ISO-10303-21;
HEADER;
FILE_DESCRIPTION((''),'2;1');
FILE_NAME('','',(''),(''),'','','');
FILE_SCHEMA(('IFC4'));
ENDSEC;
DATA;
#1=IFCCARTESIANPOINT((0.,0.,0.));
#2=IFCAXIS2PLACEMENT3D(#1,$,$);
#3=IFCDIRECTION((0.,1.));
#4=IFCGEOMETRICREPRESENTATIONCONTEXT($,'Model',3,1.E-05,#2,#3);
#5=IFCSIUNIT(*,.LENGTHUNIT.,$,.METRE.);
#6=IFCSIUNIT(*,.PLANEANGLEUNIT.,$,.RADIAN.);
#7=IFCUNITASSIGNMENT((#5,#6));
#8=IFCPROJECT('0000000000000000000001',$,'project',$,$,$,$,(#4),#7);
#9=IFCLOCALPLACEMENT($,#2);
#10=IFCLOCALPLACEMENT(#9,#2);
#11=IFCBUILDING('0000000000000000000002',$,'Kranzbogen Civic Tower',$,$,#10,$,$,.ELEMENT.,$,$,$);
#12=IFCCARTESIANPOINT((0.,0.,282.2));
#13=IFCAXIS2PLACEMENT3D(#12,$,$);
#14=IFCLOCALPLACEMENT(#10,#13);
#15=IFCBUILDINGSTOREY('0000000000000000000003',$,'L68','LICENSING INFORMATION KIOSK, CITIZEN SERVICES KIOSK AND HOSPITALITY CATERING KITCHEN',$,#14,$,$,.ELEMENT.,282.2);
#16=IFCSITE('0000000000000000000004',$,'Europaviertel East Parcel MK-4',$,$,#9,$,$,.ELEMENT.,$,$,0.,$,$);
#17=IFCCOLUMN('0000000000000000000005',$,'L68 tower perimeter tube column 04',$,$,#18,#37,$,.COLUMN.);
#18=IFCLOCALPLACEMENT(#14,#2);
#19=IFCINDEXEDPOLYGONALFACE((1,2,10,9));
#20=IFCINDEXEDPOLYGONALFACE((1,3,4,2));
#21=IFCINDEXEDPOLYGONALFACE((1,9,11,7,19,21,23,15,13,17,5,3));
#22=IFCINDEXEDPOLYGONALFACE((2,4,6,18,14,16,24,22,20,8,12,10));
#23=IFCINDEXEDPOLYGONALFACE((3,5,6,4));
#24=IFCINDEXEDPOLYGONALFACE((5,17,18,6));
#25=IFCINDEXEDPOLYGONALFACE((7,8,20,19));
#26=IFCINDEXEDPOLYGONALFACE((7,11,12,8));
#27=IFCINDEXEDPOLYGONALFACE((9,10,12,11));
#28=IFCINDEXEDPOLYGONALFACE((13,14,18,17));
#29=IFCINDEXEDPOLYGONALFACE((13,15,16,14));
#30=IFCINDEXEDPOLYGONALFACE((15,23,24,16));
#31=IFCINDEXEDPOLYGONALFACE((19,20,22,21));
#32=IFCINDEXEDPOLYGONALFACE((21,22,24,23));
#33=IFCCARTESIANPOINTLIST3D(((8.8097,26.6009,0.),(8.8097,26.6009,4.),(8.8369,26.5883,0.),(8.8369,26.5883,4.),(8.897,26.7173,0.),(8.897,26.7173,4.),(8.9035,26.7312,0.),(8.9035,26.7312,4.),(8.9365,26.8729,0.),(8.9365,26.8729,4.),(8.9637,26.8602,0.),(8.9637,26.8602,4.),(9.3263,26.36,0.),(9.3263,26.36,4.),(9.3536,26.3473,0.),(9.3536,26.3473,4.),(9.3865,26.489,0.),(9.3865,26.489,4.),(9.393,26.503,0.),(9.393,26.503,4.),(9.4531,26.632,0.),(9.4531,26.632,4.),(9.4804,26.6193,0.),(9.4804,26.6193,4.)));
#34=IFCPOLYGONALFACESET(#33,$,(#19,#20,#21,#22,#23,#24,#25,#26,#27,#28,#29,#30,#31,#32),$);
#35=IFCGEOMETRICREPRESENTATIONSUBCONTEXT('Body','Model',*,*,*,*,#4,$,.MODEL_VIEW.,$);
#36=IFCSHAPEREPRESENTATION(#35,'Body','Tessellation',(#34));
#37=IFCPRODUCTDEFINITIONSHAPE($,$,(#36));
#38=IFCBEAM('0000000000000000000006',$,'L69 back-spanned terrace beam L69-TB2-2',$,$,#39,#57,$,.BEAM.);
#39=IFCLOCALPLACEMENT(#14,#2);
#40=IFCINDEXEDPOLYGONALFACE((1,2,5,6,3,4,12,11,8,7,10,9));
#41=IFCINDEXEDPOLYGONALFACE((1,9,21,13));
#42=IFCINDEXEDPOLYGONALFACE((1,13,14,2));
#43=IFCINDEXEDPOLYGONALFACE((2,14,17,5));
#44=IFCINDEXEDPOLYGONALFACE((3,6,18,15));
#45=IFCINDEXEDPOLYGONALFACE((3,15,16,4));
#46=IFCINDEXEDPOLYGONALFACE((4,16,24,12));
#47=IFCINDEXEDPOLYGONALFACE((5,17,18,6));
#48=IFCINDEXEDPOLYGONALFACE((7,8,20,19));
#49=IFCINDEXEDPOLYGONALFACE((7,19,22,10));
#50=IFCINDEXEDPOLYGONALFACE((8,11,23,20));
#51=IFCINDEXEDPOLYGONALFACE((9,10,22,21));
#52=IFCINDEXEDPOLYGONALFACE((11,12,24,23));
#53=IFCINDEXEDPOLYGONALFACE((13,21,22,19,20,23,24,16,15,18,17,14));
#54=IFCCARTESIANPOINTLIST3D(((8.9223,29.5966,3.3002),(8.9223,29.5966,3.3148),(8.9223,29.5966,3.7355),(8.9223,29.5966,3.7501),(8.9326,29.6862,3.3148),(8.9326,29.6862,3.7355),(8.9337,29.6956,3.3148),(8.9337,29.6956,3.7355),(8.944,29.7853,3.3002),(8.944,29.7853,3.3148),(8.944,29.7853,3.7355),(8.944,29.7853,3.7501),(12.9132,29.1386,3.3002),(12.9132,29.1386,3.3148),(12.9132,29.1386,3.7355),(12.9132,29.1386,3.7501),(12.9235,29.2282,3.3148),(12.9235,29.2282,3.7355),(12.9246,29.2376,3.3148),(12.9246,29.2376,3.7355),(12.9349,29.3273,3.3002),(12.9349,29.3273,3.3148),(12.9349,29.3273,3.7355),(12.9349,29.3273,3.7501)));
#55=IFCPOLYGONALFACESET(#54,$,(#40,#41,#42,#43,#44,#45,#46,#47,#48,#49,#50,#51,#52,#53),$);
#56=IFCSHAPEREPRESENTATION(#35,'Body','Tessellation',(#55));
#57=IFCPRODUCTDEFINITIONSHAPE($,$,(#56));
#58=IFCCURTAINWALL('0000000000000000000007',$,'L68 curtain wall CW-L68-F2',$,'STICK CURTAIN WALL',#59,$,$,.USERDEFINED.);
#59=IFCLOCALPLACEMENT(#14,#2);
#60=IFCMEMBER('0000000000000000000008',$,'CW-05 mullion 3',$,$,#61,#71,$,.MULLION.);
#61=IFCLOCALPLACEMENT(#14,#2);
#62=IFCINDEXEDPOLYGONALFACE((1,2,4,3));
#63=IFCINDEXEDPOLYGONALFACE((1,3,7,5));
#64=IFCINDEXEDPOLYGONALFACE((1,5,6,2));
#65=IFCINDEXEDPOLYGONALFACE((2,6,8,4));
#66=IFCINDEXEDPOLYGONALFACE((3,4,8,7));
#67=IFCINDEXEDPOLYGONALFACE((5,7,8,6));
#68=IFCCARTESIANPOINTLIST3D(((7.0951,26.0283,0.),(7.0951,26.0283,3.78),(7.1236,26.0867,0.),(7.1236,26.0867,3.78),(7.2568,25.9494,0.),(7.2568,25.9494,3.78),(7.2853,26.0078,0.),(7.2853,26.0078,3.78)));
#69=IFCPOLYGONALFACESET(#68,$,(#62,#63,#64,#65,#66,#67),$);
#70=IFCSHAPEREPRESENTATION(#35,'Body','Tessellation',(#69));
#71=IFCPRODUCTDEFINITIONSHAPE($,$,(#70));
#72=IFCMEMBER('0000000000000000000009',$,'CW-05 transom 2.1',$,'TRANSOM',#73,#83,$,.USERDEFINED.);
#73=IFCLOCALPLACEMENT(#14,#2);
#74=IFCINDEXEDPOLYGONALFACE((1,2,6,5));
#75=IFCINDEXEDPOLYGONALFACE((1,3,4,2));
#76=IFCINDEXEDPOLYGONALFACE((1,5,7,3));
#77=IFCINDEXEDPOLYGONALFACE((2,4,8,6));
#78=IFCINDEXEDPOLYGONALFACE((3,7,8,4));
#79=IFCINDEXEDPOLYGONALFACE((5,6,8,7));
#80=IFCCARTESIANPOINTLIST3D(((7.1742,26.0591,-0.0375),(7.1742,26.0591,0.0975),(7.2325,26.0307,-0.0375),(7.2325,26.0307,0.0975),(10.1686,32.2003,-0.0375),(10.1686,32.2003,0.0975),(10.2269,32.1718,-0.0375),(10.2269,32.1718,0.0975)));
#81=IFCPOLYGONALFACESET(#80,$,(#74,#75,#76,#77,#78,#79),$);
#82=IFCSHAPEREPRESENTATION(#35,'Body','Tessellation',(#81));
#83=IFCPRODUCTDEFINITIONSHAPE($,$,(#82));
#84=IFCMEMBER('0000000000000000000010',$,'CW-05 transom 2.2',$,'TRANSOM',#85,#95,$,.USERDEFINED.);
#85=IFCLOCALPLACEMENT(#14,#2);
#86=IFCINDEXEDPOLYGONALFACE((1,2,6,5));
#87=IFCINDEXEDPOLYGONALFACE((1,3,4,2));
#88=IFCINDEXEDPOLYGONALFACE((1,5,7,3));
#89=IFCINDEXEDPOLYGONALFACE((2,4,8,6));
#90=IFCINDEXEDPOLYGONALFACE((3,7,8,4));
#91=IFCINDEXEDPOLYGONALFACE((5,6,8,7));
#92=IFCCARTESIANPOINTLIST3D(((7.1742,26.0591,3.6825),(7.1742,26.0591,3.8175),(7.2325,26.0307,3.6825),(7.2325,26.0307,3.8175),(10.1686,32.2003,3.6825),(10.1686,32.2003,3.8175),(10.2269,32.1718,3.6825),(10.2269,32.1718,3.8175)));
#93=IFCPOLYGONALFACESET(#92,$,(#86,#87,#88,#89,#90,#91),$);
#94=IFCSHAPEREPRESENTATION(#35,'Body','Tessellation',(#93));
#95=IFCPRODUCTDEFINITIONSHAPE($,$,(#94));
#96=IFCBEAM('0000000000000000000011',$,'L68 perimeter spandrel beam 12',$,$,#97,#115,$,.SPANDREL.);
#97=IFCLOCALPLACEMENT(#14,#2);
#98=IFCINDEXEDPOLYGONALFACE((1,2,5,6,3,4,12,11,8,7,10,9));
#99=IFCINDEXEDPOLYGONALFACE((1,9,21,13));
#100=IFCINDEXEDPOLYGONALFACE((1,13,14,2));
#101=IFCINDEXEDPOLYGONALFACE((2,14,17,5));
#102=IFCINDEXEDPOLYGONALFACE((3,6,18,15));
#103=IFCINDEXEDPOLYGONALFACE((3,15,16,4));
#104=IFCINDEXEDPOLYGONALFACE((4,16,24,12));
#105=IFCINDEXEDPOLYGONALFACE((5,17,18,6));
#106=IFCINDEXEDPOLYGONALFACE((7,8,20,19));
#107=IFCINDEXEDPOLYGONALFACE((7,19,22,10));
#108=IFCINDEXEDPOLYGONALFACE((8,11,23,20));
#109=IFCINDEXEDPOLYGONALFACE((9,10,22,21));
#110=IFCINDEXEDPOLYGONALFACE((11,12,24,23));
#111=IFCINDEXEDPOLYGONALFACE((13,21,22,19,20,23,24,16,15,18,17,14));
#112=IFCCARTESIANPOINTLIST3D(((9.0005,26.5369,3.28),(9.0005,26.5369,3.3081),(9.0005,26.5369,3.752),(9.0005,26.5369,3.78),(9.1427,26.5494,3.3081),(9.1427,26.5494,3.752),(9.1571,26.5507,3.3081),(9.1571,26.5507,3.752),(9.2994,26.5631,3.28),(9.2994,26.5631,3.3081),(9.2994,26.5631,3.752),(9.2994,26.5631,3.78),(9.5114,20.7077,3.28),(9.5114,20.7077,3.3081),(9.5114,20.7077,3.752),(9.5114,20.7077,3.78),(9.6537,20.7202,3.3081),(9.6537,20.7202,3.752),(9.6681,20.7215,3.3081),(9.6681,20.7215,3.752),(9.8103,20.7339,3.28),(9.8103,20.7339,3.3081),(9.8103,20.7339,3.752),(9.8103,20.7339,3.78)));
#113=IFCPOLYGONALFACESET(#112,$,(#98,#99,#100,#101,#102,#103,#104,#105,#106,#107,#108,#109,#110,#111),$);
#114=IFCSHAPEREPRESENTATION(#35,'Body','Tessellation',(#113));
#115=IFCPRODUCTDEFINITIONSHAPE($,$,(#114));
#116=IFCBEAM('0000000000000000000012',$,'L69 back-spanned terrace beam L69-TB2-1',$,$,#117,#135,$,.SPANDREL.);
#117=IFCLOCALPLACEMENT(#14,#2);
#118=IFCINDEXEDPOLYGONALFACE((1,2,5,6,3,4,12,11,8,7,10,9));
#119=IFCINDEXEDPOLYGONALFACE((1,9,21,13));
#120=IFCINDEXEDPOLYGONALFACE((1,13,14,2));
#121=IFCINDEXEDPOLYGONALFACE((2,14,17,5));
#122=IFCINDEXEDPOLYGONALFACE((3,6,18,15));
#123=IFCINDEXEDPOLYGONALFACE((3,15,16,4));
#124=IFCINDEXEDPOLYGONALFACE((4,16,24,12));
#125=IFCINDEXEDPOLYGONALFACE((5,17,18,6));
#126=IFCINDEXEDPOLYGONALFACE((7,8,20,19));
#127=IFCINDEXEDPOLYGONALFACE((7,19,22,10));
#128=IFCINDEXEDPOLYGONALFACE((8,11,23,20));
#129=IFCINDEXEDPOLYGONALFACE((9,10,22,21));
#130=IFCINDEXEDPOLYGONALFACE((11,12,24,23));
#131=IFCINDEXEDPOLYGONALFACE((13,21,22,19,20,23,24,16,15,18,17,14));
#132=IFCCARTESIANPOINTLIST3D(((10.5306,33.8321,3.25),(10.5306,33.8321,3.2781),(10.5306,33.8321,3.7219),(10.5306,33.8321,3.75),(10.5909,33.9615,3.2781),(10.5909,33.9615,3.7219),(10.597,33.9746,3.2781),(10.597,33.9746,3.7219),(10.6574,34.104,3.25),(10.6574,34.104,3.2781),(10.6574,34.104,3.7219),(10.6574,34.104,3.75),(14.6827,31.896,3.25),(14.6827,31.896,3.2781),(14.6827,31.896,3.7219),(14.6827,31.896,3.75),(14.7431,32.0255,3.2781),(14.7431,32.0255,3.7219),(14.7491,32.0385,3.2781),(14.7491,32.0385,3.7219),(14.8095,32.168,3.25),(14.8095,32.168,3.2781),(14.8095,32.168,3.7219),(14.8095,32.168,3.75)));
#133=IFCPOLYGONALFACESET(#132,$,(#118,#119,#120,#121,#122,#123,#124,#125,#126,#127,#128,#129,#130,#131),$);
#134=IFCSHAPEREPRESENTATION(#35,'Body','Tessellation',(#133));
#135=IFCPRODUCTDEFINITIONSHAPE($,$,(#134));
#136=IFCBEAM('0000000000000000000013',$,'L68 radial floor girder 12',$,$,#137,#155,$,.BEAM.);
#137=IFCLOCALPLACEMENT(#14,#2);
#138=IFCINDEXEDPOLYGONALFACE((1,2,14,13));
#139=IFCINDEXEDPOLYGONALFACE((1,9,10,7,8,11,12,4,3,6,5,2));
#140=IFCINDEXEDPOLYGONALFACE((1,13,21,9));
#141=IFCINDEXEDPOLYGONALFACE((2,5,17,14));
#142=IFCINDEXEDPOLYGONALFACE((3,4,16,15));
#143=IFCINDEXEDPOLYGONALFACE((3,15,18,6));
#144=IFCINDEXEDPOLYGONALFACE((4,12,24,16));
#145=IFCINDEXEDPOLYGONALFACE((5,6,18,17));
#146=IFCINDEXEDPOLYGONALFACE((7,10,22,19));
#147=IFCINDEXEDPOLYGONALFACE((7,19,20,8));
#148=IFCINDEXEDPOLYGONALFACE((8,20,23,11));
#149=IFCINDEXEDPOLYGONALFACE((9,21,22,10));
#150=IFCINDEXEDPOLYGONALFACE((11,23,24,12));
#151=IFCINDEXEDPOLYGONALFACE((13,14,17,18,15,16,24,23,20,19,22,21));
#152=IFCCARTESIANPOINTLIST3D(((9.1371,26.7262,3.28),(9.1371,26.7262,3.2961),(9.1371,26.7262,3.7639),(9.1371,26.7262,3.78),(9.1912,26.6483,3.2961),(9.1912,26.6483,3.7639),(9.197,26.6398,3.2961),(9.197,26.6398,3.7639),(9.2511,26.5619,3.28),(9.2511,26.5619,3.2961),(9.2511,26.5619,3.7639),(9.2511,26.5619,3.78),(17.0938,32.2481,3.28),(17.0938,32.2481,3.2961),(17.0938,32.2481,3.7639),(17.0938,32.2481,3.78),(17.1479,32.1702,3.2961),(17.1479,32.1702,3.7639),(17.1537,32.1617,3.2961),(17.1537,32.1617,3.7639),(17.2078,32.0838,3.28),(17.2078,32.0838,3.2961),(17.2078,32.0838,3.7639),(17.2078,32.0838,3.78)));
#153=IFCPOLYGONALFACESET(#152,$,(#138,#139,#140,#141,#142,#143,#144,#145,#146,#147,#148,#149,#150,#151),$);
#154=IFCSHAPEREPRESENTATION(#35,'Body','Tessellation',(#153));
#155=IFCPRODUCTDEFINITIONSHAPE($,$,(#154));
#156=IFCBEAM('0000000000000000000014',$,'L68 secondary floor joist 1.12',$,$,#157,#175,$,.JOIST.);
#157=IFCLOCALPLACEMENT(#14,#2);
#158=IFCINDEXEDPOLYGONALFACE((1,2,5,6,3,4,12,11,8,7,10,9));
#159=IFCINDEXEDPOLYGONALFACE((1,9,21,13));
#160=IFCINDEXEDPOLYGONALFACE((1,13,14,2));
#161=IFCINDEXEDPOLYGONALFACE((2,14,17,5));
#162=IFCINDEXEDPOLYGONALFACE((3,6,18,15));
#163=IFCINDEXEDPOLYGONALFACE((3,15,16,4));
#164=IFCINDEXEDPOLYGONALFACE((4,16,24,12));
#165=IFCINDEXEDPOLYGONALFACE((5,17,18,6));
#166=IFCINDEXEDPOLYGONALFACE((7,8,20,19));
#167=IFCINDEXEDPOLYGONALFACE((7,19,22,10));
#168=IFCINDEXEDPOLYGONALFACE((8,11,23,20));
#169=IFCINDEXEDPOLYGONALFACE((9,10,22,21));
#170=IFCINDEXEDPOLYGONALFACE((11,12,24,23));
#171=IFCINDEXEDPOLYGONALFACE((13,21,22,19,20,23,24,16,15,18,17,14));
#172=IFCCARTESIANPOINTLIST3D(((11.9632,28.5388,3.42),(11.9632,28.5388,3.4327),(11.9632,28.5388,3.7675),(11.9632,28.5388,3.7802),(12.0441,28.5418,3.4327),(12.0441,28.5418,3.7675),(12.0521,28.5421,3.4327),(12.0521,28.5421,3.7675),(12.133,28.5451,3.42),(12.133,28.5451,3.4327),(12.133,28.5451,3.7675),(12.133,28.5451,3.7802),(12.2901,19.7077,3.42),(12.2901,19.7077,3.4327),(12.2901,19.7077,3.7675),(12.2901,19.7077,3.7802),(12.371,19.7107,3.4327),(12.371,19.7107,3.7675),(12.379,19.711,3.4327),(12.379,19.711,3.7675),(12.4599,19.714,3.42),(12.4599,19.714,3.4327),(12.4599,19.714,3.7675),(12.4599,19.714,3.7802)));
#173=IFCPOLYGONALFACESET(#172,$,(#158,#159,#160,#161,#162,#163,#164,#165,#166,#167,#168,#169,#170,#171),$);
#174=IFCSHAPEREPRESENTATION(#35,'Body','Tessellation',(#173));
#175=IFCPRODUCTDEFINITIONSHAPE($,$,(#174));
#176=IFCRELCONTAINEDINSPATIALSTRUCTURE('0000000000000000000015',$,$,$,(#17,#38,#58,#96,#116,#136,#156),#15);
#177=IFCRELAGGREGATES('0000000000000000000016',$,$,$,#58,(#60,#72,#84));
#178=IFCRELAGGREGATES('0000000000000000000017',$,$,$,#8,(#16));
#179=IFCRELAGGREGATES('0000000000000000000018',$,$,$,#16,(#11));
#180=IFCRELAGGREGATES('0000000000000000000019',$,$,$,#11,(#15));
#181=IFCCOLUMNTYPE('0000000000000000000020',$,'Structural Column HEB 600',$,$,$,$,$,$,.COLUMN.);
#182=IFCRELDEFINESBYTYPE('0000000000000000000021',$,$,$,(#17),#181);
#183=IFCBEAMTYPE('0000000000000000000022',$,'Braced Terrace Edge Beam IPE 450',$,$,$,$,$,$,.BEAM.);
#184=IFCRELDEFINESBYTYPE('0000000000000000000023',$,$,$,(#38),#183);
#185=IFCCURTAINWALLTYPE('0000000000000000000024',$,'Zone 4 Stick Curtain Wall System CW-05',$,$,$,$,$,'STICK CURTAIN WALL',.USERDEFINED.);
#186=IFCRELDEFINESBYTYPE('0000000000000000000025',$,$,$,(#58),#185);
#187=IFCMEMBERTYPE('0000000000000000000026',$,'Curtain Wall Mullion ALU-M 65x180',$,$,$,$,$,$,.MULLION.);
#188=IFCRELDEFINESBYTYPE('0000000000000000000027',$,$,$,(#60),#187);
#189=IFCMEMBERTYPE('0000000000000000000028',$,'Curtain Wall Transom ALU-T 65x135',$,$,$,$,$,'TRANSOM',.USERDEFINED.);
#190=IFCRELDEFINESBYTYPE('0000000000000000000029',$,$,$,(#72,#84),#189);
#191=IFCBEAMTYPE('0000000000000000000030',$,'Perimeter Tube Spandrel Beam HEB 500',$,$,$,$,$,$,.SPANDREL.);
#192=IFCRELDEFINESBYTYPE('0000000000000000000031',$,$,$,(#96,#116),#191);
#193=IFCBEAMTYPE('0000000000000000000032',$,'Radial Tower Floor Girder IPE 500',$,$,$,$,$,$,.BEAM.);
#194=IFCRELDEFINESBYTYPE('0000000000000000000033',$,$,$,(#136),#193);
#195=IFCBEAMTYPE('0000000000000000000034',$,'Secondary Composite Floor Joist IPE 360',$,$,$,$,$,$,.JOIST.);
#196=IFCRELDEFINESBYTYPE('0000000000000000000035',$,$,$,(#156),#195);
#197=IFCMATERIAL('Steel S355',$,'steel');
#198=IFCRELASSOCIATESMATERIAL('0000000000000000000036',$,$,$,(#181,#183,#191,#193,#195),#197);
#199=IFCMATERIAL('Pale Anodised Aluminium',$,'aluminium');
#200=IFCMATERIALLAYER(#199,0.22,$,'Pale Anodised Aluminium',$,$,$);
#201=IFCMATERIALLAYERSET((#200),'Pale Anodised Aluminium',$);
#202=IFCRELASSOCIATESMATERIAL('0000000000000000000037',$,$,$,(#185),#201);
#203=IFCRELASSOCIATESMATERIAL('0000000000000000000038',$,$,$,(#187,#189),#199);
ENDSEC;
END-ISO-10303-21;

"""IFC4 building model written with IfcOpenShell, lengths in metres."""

from ifc_helpers import new_model, si_unit, direction, frame, origin, origin_2d, place, context, subcontext, project, spatial, rectangle, i_section, extrude, material, layer, layer_set, material_profile, profile_set, type_object, element, aggregate, save


model = new_model("IFC4")

# Units and contexts
model_context = context("Model", 3, precision=1e-05, world=origin(), true_north=direction((0.0, 1.0)))
body_context = subcontext(model_context, "Body", "Model", "MODEL_VIEW")
ifc_project = project(units=[si_unit("LENGTHUNIT", "METRE"), si_unit("PLANEANGLEUNIT", "RADIAN")], contexts=[model_context])

# Site, building, storey
site_placement = place(None, origin())
site = spatial("IfcSite", under=ifc_project, at=site_placement, Name="Europaviertel East Parcel MK-4", CompositionType="ELEMENT", RefElevation=0.0)
building_placement = place(site_placement, origin())
building = spatial("IfcBuilding", under=site, at=building_placement, Name="Kranzbogen Civic Tower", CompositionType="ELEMENT")
storey_placement = place(building_placement, frame((0.0, 0.0, 282.2)))
storey = spatial("IfcBuildingStorey", under=building, at=storey_placement, Name="L68", Description="LICENSING INFORMATION KIOSK, CITIZEN SERVICES KIOSK AND HOSPITALITY CATERING KITCHEN", CompositionType="ELEMENT", Elevation=282.2)

# Column
ifc_material_1 = material(Name="Steel S355", Category="steel")
ifc_material_profile_1 = material_profile(ifc_material_1, i_section(OverallWidth=0.3, OverallDepth=0.6001, WebThickness=0.0154, FlangeThickness=0.03, at=origin_2d()), Name="HEB 600")
ifc_profile_set_1 = profile_set([ifc_material_profile_1], Name="Steel S355")
column_type = type_object("IfcColumnType", Name="Structural Column HEB 600", PredefinedType="COLUMN", material=ifc_profile_set_1)
column_placement = place(storey_placement, frame((9.145, 26.6101, 0.0), z_axis=(0.0, 0.0, 1.0), x_axis=(0.422618, 0.906308, 0.0)))
element("IfcColumn", 1, at=column_placement, inside=storey, type_object=column_type, Name="L68 tower perimeter tube column 04", PredefinedType="COLUMN", context=body_context, shape_type="SweptSolid", body=[
    extrude(i_section(OverallWidth=0.3, OverallDepth=0.6001, WebThickness=0.0154, FlangeThickness=0.03, at=origin_2d()), origin(), (0.0, 0.0, 1.0), 4.0),
])

# Beam
ifc_material_profile_2 = material_profile(ifc_material_1, i_section(OverallWidth=0.1899, OverallDepth=0.45, WebThickness=0.0095, FlangeThickness=0.0146, at=origin_2d()), Name="IPE 450")
ifc_profile_set_2 = profile_set([ifc_material_profile_2], Name="Steel S355")
beam_type_1 = type_object("IfcBeamType", Name="Braced Terrace Edge Beam IPE 450", PredefinedType="BEAM", material=ifc_profile_set_2)
beam_1_placement = place(storey_placement, frame((12.9241, 29.2329, 3.5251), z_axis=(-0.993479, 0.114013, 0.0), x_axis=(-0.114013, -0.993479, 0.0)))
element("IfcBeam", 2, at=beam_1_placement, inside=storey, type_object=beam_type_1, Name="L69 back-spanned terrace beam L69-TB2-2", PredefinedType="BEAM", context=body_context, shape_type="SweptSolid", body=[
    extrude(i_section(OverallWidth=0.1899, OverallDepth=0.45, WebThickness=0.0095, FlangeThickness=0.0146, at=origin_2d()), origin(), (0.0, 0.0, 1.0), 4.0171),
])

# Curtain wall, members
ifc_material_2 = material(Name="Pale Anodised Aluminium", Category="aluminium")
ifc_layer_1 = layer(ifc_material_2, 0.22, Name="Pale Anodised Aluminium")
ifc_layer_set_1 = layer_set([ifc_layer_1], Name="Pale Anodised Aluminium")
curtain_wall_type = type_object("IfcCurtainWallType", Name="Zone 4 Stick Curtain Wall System CW-05", ElementType="STICK CURTAIN WALL", PredefinedType="USERDEFINED", material=ifc_layer_set_1)
curtain_wall_placement = place(storey_placement, origin())
curtain_wall = element("IfcCurtainWall", 3, at=curtain_wall_placement, inside=storey, type_object=curtain_wall_type, Name="L68 curtain wall CW-L68-F2", ObjectType="STICK CURTAIN WALL", PredefinedType="USERDEFINED")
ifc_material_profile_3 = material_profile(ifc_material_2, rectangle(XDim=0.0649, YDim=0.1799, at=origin_2d()), Name="ALU-M 65x180")
ifc_profile_set_3 = profile_set([ifc_material_profile_3], Name="Pale Anodised Aluminium")
member_type_1 = type_object("IfcMemberType", Name="Curtain Wall Mullion ALU-M 65x180", PredefinedType="MULLION", material=ifc_profile_set_3)
member_1_placement = place(storey_placement, frame((7.1902, 26.0181, 0.0), z_axis=(0.0, 0.0, 1.0), x_axis=(-0.438293, -0.898832, 0.0)))
member_1 = element("IfcMember", 4, at=member_1_placement, type_object=member_type_1, Name="CW-05 mullion 3", PredefinedType="MULLION", context=body_context, shape_type="SweptSolid", body=[
    extrude(rectangle(XDim=0.0649, YDim=0.1799, at=origin_2d()), origin(), (0.0, 0.0, 1.0), 3.78),
])
ifc_material_profile_4 = material_profile(ifc_material_2, rectangle(XDim=0.0649, YDim=0.135, at=origin_2d()), Name="ALU-T 65x135")
ifc_profile_set_4 = profile_set([ifc_material_profile_4], Name="Pale Anodised Aluminium")
member_type_2 = type_object("IfcMemberType", Name="Curtain Wall Transom ALU-T 65x135", ElementType="TRANSOM", PredefinedType="USERDEFINED", material=ifc_profile_set_4)
member_2_placement = place(storey_placement, frame((10.1978, 32.186, 0.03), z_axis=(-0.438272, -0.898842, 0.0), x_axis=(0.898842, -0.438272, 0.0)))
member_2 = element("IfcMember", 5, at=member_2_placement, type_object=member_type_2, Name="CW-05 transom 2.1", ObjectType="TRANSOM", PredefinedType="USERDEFINED", context=body_context, shape_type="SweptSolid", body=[
    extrude(rectangle(XDim=0.0649, YDim=0.135, at=origin_2d()), origin(), (0.0, 0.0, 1.0), 6.8323),
])
member_3_placement = place(storey_placement, frame((10.1978, 32.186, 3.75), z_axis=(-0.438272, -0.898842, 0.0), x_axis=(0.898842, -0.438272, 0.0)))
member_3 = element("IfcMember", 6, at=member_3_placement, type_object=member_type_2, Name="CW-05 transom 2.2", ObjectType="TRANSOM", PredefinedType="USERDEFINED", context=body_context, shape_type="SweptSolid", body=[
    extrude(rectangle(XDim=0.0649, YDim=0.135, at=origin_2d()), origin(), (0.0, 0.0, 1.0), 6.8323),
])

# Beams
ifc_material_profile_5 = material_profile(ifc_material_1, i_section(OverallWidth=0.3, OverallDepth=0.5, WebThickness=0.0144, FlangeThickness=0.0281, at=origin_2d()), Name="HEB 500")
ifc_profile_set_5 = profile_set([ifc_material_profile_5], Name="Steel S355")
beam_type_2 = type_object("IfcBeamType", Name="Perimeter Tube Spandrel Beam HEB 500", PredefinedType="SPANDREL", material=ifc_profile_set_5)
beam_2_placement = place(storey_placement, frame((9.1499, 26.55, 3.53), z_axis=(0.087326, -0.99618, 0.0), x_axis=(0.99618, 0.087326, 0.0)))
element("IfcBeam", 7, at=beam_2_placement, inside=storey, type_object=beam_type_2, Name="L68 perimeter spandrel beam 12", PredefinedType="SPANDREL", context=body_context, shape_type="SweptSolid", body=[
    extrude(i_section(OverallWidth=0.3, OverallDepth=0.5, WebThickness=0.0144, FlangeThickness=0.0281, at=origin_2d()), origin(), (0.0, 0.0, 1.0), 5.8516),
])
beam_3_placement = place(storey_placement, frame((14.7461, 32.032, 3.5), z_axis=(-0.906318, 0.422597, 0.0), x_axis=(-0.422597, -0.906318, 0.0)))
element("IfcBeam", 8, at=beam_3_placement, inside=storey, type_object=beam_type_2, Name="L69 back-spanned terrace beam L69-TB2-1", PredefinedType="SPANDREL", context=body_context, shape_type="SweptSolid", body=[
    extrude(i_section(OverallWidth=0.3, OverallDepth=0.5, WebThickness=0.0144, FlangeThickness=0.0281, at=origin_2d()), origin(), (0.0, 0.0, 1.0), 4.5813),
])
ifc_material_profile_6 = material_profile(ifc_material_1, i_section(OverallWidth=0.2, OverallDepth=0.5, WebThickness=0.0103, FlangeThickness=0.0161, at=origin_2d()), Name="IPE 500")
ifc_profile_set_6 = profile_set([ifc_material_profile_6], Name="Steel S355")
beam_type_3 = type_object("IfcBeamType", Name="Radial Tower Floor Girder IPE 500", PredefinedType="BEAM", material=ifc_profile_set_6)
beam_4_placement = place(storey_placement, frame((9.1941, 26.644, 3.53), z_axis=(0.821543, 0.570147, 0.0), x_axis=(-0.570147, 0.821543, 0.0)))
element("IfcBeam", 9, at=beam_4_placement, inside=storey, type_object=beam_type_3, Name="L68 radial floor girder 12", PredefinedType="BEAM", context=body_context, shape_type="SweptSolid", body=[
    extrude(i_section(OverallWidth=0.2, OverallDepth=0.5, WebThickness=0.0103, FlangeThickness=0.0161, at=origin_2d()), origin(), (0.0, 0.0, 1.0), 9.6851),
])
ifc_material_profile_7 = material_profile(ifc_material_1, i_section(OverallWidth=0.1699, OverallDepth=0.3601, WebThickness=0.0081, FlangeThickness=0.0127, at=origin_2d()), Name="IPE 360")
ifc_profile_set_7 = profile_set([ifc_material_profile_7], Name="Steel S355")
beam_type_4 = type_object("IfcBeamType", Name="Secondary Composite Floor Joist IPE 360", PredefinedType="JOIST", material=ifc_profile_set_7)
beam_5_placement = place(storey_placement, frame((12.0481, 28.542, 3.6001), z_axis=(0.036992, -0.999316, 0.0), x_axis=(0.999316, 0.036992, 0.0)))
element("IfcBeam", 10, at=beam_5_placement, inside=storey, type_object=beam_type_4, Name="L68 secondary floor joist 1.12", PredefinedType="JOIST", context=body_context, shape_type="SweptSolid", body=[
    extrude(i_section(OverallWidth=0.1699, OverallDepth=0.3601, WebThickness=0.0081, FlangeThickness=0.0127, at=origin_2d()), origin(), (0.0, 0.0, 1.0), 8.8372),
])

aggregate(curtain_wall, [member_1, member_2, member_3])

save(model, "model.ifc")
